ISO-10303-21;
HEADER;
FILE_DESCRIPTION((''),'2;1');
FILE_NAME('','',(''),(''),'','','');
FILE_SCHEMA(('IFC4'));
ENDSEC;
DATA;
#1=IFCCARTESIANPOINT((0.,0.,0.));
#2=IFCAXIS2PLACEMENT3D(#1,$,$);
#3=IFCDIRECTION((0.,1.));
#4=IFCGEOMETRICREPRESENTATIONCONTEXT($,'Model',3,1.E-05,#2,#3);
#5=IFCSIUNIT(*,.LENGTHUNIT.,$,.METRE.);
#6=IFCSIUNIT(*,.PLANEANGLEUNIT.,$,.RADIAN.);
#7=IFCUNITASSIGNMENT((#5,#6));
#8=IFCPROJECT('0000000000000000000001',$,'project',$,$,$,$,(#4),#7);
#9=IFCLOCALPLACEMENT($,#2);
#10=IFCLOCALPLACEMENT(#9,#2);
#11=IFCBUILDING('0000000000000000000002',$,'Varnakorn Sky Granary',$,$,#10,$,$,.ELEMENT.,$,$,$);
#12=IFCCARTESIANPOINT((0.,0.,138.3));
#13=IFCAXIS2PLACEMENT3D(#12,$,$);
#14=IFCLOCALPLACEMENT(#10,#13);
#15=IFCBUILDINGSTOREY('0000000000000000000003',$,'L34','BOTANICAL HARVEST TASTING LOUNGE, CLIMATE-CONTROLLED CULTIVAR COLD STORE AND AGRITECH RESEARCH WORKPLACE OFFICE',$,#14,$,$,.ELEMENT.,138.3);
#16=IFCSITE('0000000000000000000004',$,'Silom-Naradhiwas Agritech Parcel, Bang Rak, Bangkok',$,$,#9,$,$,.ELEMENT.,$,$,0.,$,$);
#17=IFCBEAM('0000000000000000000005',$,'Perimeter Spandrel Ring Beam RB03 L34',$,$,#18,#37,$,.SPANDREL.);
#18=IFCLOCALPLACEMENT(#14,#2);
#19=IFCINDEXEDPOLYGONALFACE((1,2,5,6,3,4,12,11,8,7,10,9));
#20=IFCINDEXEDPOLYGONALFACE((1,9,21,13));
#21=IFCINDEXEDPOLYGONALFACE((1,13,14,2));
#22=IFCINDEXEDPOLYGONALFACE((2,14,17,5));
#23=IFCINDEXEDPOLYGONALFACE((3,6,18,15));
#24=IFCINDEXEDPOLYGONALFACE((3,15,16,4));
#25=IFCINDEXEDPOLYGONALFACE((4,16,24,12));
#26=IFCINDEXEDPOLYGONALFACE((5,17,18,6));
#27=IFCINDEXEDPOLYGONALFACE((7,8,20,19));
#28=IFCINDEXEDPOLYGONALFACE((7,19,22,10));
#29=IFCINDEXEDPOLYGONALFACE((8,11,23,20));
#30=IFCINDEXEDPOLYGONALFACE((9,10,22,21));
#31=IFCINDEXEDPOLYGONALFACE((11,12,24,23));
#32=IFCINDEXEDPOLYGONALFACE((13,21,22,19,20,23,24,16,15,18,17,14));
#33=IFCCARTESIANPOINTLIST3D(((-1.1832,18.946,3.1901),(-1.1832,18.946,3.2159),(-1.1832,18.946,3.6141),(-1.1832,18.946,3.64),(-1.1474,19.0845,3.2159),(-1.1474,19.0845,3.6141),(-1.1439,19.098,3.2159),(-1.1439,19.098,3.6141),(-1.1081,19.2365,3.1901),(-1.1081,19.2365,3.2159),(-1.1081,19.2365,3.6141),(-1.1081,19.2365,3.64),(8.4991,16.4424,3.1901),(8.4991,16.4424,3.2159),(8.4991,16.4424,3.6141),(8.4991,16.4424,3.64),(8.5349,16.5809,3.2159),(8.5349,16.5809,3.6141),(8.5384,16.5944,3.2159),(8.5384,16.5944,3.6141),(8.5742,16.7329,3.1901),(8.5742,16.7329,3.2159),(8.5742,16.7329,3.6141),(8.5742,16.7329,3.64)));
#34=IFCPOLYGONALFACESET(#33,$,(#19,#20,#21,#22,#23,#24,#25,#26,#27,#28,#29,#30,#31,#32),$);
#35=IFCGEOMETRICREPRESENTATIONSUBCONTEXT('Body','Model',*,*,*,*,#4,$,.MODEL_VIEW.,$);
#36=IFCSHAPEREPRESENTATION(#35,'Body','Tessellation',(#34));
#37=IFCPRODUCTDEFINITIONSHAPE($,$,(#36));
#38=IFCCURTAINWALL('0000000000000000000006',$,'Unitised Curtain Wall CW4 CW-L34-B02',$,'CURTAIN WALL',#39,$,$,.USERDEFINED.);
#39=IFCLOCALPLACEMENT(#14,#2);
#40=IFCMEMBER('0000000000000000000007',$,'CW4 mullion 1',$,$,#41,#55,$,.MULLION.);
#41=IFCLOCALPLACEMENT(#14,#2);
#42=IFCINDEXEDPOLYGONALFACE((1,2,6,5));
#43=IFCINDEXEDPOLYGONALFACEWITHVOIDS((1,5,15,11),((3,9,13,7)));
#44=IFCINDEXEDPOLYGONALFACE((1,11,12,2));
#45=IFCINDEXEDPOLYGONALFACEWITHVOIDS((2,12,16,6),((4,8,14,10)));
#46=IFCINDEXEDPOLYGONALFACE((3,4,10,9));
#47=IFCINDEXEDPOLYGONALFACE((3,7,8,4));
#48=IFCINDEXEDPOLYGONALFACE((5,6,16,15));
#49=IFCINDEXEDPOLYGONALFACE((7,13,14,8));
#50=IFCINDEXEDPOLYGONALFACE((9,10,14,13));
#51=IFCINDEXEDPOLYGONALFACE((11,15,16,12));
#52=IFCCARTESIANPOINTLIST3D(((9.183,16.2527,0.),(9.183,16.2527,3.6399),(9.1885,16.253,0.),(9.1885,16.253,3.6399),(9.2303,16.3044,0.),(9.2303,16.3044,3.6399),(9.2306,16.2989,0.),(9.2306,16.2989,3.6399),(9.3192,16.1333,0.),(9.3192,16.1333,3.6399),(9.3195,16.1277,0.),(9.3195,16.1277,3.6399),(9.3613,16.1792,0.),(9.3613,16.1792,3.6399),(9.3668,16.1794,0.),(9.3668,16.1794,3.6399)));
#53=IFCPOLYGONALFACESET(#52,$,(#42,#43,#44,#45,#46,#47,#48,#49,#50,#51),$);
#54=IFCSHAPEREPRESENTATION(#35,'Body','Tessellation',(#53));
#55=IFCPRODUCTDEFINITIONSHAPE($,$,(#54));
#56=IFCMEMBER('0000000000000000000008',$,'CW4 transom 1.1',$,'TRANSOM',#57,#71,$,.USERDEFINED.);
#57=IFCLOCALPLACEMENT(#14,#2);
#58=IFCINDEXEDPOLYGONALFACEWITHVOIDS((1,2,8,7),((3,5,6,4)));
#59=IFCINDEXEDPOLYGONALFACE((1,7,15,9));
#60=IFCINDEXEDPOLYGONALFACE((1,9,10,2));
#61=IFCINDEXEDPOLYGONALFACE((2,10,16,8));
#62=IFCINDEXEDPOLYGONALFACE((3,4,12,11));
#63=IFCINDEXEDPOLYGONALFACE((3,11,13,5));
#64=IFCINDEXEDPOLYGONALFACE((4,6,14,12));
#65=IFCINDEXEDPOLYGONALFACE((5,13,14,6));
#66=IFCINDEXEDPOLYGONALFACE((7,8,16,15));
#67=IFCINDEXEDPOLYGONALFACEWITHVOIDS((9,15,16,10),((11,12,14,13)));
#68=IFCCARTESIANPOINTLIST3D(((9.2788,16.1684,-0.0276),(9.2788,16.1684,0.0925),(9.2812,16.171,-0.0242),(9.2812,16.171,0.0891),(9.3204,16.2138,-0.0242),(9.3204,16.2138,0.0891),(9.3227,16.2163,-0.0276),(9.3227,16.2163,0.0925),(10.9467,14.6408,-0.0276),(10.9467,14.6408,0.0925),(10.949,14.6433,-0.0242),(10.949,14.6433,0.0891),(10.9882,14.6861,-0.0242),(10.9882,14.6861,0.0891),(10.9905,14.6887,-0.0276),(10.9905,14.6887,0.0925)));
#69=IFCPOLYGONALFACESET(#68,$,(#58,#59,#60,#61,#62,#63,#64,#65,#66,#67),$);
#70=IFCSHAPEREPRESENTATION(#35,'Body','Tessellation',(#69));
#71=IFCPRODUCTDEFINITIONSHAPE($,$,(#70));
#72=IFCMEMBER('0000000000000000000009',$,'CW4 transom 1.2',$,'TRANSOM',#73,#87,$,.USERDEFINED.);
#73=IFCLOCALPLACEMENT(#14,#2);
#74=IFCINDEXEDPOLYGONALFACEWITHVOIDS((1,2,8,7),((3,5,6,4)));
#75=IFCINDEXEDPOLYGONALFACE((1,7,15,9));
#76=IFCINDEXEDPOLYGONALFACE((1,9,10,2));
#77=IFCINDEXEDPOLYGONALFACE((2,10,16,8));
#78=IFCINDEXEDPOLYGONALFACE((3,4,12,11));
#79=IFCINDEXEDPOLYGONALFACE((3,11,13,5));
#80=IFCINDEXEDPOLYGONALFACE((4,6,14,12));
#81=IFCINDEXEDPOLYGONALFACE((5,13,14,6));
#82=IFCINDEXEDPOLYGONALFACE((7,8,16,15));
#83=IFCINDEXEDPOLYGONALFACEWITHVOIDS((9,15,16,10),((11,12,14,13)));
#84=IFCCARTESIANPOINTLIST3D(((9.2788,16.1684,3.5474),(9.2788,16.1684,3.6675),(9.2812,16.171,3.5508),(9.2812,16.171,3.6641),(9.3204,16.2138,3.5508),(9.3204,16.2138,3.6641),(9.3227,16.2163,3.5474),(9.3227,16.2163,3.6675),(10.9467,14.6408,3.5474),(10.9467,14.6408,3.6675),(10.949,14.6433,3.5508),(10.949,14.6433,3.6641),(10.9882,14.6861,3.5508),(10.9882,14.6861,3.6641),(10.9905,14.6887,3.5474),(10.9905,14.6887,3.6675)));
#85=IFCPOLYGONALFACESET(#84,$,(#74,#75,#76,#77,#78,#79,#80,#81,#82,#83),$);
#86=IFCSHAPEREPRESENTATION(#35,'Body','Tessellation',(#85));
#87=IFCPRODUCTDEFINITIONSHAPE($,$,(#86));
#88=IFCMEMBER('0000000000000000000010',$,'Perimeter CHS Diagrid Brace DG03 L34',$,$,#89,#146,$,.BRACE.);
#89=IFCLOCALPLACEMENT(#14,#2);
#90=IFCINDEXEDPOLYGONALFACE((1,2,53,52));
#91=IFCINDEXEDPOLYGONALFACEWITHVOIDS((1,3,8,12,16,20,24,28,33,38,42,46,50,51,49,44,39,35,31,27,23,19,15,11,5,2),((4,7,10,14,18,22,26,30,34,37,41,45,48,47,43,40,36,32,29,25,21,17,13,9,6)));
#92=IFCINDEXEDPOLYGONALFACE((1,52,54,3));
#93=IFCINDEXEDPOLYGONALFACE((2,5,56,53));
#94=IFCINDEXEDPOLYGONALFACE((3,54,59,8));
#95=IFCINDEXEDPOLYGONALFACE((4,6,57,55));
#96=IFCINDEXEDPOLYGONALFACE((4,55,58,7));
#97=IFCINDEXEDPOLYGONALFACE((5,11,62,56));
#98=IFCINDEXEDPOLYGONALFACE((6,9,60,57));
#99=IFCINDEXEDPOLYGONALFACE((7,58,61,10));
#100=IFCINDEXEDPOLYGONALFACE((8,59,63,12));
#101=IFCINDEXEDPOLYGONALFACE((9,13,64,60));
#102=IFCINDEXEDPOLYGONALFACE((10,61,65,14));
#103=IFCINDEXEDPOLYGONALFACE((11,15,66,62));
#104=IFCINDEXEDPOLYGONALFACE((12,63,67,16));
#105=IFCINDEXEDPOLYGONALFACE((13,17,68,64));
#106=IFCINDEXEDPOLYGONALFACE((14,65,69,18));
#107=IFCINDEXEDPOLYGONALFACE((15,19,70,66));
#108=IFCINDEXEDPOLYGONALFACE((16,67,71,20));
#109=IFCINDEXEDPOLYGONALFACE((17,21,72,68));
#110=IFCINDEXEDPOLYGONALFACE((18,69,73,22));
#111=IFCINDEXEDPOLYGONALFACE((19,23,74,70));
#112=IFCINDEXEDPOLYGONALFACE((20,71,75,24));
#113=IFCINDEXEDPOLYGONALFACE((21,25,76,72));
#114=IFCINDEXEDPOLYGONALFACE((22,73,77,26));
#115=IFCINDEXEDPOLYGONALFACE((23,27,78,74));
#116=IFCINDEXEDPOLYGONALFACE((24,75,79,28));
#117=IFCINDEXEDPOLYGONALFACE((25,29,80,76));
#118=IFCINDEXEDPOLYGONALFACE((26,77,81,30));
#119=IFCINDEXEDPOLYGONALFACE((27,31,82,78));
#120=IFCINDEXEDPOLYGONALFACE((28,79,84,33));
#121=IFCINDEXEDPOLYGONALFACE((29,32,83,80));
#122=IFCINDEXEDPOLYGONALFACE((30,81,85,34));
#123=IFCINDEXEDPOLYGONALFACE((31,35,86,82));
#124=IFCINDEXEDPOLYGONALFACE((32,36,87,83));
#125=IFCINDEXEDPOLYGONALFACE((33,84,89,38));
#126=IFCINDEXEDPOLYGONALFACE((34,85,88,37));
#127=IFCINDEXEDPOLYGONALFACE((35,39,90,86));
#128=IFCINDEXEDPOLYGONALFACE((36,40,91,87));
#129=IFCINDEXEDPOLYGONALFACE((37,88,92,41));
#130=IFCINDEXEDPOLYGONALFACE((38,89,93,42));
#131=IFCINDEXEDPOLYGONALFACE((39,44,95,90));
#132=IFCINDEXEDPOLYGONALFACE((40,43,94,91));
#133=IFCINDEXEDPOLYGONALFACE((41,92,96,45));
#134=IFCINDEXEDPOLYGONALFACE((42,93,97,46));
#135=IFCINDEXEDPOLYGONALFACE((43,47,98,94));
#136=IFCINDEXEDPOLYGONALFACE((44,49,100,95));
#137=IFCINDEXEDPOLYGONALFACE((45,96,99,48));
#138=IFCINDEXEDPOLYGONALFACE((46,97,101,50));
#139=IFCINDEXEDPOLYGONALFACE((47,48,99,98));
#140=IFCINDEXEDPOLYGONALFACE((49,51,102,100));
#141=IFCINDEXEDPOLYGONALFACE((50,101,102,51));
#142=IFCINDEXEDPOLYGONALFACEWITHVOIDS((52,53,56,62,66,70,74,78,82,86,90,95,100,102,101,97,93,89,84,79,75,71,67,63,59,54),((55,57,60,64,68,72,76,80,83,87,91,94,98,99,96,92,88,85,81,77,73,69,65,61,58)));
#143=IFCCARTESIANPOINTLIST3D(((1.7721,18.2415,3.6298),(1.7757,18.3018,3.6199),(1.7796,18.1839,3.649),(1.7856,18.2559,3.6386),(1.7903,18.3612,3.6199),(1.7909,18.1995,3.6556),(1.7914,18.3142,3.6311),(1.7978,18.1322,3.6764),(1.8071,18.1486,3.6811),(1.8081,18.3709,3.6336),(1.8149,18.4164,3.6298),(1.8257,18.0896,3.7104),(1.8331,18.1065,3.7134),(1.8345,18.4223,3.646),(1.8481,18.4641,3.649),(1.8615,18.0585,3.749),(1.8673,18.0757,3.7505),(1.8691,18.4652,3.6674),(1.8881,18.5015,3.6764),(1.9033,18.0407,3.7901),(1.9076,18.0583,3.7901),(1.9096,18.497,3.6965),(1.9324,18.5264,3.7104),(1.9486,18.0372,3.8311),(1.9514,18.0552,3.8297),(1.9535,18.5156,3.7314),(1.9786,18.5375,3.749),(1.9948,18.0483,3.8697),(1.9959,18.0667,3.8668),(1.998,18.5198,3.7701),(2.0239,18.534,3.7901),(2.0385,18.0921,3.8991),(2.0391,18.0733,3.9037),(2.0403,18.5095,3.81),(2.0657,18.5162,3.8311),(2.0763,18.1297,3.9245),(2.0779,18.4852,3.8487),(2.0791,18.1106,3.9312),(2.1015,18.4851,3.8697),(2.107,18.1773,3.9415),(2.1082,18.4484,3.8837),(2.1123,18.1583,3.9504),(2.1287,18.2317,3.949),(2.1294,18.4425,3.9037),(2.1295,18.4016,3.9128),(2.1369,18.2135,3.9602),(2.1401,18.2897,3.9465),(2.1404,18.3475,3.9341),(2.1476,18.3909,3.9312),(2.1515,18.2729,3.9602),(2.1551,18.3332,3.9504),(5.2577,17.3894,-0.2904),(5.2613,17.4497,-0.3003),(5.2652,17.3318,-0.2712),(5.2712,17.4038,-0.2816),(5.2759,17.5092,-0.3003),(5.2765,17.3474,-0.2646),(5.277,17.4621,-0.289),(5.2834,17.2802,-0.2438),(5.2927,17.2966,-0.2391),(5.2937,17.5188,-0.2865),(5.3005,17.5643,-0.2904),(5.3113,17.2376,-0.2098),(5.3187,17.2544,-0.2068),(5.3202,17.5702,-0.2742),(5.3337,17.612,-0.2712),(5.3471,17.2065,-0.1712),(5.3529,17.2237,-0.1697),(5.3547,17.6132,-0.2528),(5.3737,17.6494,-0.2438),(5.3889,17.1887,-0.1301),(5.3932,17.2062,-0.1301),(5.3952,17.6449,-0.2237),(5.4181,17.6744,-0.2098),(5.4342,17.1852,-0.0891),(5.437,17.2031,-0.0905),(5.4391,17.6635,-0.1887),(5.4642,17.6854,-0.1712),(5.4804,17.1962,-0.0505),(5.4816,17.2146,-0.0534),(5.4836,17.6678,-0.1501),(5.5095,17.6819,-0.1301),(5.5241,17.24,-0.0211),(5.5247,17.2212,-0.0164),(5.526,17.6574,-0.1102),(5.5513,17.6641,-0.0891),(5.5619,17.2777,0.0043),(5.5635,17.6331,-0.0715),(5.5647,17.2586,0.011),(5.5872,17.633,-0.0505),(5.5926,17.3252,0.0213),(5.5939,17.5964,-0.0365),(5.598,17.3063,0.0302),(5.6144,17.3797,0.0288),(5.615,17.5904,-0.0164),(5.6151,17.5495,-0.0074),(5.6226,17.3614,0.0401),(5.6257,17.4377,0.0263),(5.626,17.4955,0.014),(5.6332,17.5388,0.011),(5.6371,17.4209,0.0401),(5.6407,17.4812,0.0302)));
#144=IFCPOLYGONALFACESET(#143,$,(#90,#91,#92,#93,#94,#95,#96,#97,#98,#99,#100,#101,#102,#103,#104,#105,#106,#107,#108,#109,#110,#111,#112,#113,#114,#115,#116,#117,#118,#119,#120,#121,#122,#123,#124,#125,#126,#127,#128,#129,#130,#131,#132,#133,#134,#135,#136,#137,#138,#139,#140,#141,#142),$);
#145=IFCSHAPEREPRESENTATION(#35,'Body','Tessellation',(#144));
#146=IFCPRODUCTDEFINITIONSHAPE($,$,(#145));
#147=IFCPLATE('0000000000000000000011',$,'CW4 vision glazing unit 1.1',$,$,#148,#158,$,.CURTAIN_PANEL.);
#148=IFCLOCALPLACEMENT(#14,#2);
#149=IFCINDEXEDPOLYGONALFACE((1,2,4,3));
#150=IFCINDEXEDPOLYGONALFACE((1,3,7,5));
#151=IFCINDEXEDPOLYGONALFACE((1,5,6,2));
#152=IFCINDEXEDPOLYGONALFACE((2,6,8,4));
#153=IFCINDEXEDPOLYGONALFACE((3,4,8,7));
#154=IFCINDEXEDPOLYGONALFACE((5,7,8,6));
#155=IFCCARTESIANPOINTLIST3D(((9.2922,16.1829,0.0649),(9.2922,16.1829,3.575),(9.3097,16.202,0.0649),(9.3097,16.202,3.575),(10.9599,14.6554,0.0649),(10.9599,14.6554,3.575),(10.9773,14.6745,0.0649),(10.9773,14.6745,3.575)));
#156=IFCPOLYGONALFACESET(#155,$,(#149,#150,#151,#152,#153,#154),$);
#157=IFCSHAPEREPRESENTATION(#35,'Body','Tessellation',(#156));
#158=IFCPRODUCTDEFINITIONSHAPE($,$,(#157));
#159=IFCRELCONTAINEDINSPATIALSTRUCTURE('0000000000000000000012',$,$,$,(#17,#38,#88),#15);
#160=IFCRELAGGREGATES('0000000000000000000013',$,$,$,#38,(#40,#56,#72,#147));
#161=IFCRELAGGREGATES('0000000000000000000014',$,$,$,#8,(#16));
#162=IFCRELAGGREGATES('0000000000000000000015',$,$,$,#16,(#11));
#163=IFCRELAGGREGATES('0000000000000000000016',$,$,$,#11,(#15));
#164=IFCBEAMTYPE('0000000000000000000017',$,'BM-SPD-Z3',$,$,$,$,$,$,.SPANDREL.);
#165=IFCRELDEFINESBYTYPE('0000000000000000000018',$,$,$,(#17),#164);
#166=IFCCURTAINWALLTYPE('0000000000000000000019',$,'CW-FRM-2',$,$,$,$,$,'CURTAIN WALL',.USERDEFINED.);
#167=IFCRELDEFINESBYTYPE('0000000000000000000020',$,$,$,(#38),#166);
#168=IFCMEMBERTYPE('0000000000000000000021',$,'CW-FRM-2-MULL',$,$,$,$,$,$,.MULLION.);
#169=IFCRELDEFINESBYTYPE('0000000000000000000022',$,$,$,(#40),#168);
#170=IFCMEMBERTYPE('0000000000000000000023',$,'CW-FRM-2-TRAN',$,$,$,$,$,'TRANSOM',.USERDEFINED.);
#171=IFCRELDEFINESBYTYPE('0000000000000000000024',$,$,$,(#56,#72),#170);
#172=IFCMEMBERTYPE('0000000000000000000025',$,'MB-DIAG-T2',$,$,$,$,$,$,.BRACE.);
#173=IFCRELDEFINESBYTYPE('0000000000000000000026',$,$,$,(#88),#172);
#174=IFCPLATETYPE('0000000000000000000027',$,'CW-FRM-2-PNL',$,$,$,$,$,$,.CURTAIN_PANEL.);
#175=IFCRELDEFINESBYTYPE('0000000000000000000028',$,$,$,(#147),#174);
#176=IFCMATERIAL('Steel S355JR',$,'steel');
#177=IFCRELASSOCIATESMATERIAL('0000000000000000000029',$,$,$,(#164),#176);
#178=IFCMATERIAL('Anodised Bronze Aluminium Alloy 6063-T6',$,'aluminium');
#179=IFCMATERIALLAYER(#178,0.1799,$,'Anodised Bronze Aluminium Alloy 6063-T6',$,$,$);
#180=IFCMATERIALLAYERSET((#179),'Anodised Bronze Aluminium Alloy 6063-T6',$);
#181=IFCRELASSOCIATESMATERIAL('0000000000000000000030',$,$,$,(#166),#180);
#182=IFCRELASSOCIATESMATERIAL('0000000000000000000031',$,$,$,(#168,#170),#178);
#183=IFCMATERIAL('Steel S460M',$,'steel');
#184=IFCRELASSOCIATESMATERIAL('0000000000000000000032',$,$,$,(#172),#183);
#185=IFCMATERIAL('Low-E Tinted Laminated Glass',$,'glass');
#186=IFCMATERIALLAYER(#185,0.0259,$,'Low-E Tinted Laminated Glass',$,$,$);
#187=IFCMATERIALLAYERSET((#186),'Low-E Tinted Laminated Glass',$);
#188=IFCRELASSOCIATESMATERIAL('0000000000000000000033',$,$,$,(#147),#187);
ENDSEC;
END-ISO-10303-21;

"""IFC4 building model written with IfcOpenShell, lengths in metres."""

from ifc_helpers import new_model, si_unit, direction, frame, origin, origin_2d, place, context, subcontext, project, spatial, rectangle, hollow_rectangle, hollow_circle, i_section, extrude, source, transform, mapped, material, layer, layer_set, material_profile, profile_set, type_object, type_shapes, element, aggregate, save


model = new_model("IFC4")

# Units and contexts
model_context = context("Model", 3, precision=1e-05, world=origin(), true_north=direction((0.0, 1.0)))
body_context = subcontext(model_context, "Body", "Model", "MODEL_VIEW")
ifc_project = project(units=[si_unit("LENGTHUNIT", "METRE"), si_unit("PLANEANGLEUNIT", "RADIAN")], contexts=[model_context])

# Site, building, storey
site_placement = place(None, origin())
site = spatial("IfcSite", under=ifc_project, at=site_placement, Name="Silom-Naradhiwas Agritech Parcel, Bang Rak, Bangkok", CompositionType="ELEMENT", RefElevation=0.0)
building_placement = place(site_placement, origin())
building = spatial("IfcBuilding", under=site, at=building_placement, Name="Varnakorn Sky Granary", CompositionType="ELEMENT")
storey_placement = place(building_placement, frame((0.0, 0.0, 138.3)))
storey = spatial("IfcBuildingStorey", under=building, at=storey_placement, Name="L34", Description="BOTANICAL HARVEST TASTING LOUNGE, CLIMATE-CONTROLLED CULTIVAR COLD STORE AND AGRITECH RESEARCH WORKPLACE OFFICE", CompositionType="ELEMENT", Elevation=138.3)

# Shared definitions
ifc_material_1 = material(Name="Steel S460M", Category="steel")

# Beam
ifc_material_2 = material(Name="Steel S355JR", Category="steel")
ifc_material_profile_1 = material_profile(ifc_material_2, i_section(OverallWidth=0.3, OverallDepth=0.45, WebThickness=0.0139, FlangeThickness=0.0259, at=origin_2d()), Name="HE 450 B")
ifc_profile_set_1 = profile_set([ifc_material_profile_1], Name="Steel S355JR")
beam_type_1 = type_object("IfcBeamType", Name="BM-SPD-Z3", PredefinedType="SPANDREL", material=ifc_profile_set_1)
beam_1_placement = place(storey_placement, frame((8.5366, 16.5876, 3.415), z_axis=(-0.968157, 0.250345, 0.0), x_axis=(-0.250345, -0.968157, 0.0)))
element("IfcBeam", 1, at=beam_1_placement, inside=storey, type_object=beam_type_1, Name="Perimeter Spandrel Ring Beam RB03 L34", PredefinedType="SPANDREL", context=body_context, shape_type="SweptSolid", body=[
    extrude(i_section(OverallWidth=0.3, OverallDepth=0.45, WebThickness=0.0139, FlangeThickness=0.0259, at=origin_2d()), origin(), (0.0, 0.0, 1.0), 10.0007),
])

# Curtain wall, members
ifc_material_3 = material(Name="Anodised Bronze Aluminium Alloy 6063-T6", Category="aluminium")
ifc_layer_1 = layer(ifc_material_3, 0.1799, Name="Anodised Bronze Aluminium Alloy 6063-T6")
ifc_layer_set_1 = layer_set([ifc_layer_1], Name="Anodised Bronze Aluminium Alloy 6063-T6")
curtain_wall_type = type_object("IfcCurtainWallType", Name="CW-FRM-2", ElementType="CURTAIN WALL", PredefinedType="USERDEFINED", material=ifc_layer_set_1)
curtain_wall_placement = place(storey_placement, origin())
curtain_wall = element("IfcCurtainWall", 2, at=curtain_wall_placement, inside=storey, type_object=curtain_wall_type, Name="Unitised Curtain Wall CW4 CW-L34-B02", ObjectType="CURTAIN WALL", PredefinedType="USERDEFINED")
ifc_material_profile_2 = material_profile(ifc_material_3, hollow_rectangle(XDim=0.0701, YDim=0.1851, WallThickness=0.0039, at=origin_2d()), Name="ALU MULL 70x185")
ifc_profile_set_2 = profile_set([ifc_material_profile_2], Name="Anodised Bronze Aluminium Alloy 6063-T6")
member_type_1 = type_object("IfcMemberType", Name="CW-FRM-2-MULL", PredefinedType="MULLION", material=ifc_profile_set_2)
member_1_placement = place(storey_placement, frame((9.2749, 16.2161, 0.0), z_axis=(0.0, 0.0, 1.0), x_axis=(0.675438, 0.737417, 0.0)))
member_1 = element("IfcMember", 3, at=member_1_placement, type_object=member_type_1, Name="CW4 mullion 1", PredefinedType="MULLION", context=body_context, shape_type="SweptSolid", body=[
    extrude(hollow_rectangle(XDim=0.0701, YDim=0.1851, WallThickness=0.0039, at=origin_2d()), origin(), (0.0, 0.0, 1.0), 3.6399),
])
ifc_material_profile_3 = material_profile(ifc_material_3, hollow_rectangle(XDim=0.0649, YDim=0.1201, WallThickness=0.0034, at=origin_2d()), Name="ALU TRAN 65x120")
ifc_profile_set_3 = profile_set([ifc_material_profile_3], Name="Anodised Bronze Aluminium Alloy 6063-T6")
member_type_2 = type_object("IfcMemberType", Name="CW-FRM-2-TRAN", ElementType="TRANSOM", PredefinedType="USERDEFINED", material=ifc_profile_set_3)
member_2_placement = place(storey_placement, frame((9.3008, 16.1924, 0.0325), z_axis=(0.73741, -0.675446, 0.0), x_axis=(0.675446, 0.73741, 0.0)))
member_2 = element("IfcMember", 4, at=member_2_placement, type_object=member_type_2, Name="CW4 transom 1.1", ObjectType="TRANSOM", PredefinedType="USERDEFINED", context=body_context, shape_type="SweptSolid", body=[
    extrude(hollow_rectangle(XDim=0.0649, YDim=0.1201, WallThickness=0.0034, at=origin_2d()), origin(), (0.0, 0.0, 1.0), 2.2617),
])
member_3_placement = place(storey_placement, frame((9.3008, 16.1924, 3.6074), z_axis=(0.73741, -0.675446, 0.0), x_axis=(0.675446, 0.73741, 0.0)))
member_3 = element("IfcMember", 5, at=member_3_placement, type_object=member_type_2, Name="CW4 transom 1.2", ObjectType="TRANSOM", PredefinedType="USERDEFINED", context=body_context, shape_type="SweptSolid", body=[
    extrude(hollow_rectangle(XDim=0.0649, YDim=0.1201, WallThickness=0.0034, at=origin_2d()), origin(), (0.0, 0.0, 1.0), 2.2617),
])

# Member
ifc_material_profile_4 = material_profile(ifc_material_1, hollow_circle(Radius=0.2539, WallThickness=0.0181, at=origin_2d()), Name="CHS 508x18")
ifc_profile_set_4 = profile_set([ifc_material_profile_4], Name="Steel S460M")
member_type_3 = type_object("IfcMemberType", Name="MB-DIAG-T2", PredefinedType="BRACE", material=ifc_profile_set_4)
member_4_placement = place(storey_placement, frame((5.4492, 17.4353, -0.1301), z_axis=(-0.655875, 0.160328, 0.737647), x_axis=(-0.237457, -0.971398, 0.0)))
element("IfcMember", 6, at=member_4_placement, inside=storey, type_object=member_type_3, Name="Perimeter CHS Diagrid Brace DG03 L34", PredefinedType="BRACE", context=body_context, shape_type="SweptSolid", body=[
    extrude(hollow_circle(Radius=0.2539, WallThickness=0.0181, at=origin_2d()), origin(), (0.0, 0.0, 1.0), 5.3145),
])

# Plate
ifc_material_4 = material(Name="Low-E Tinted Laminated Glass", Category="glass")
ifc_layer_2 = layer(ifc_material_4, 0.0259, Name="Low-E Tinted Laminated Glass")
ifc_layer_set_2 = layer_set([ifc_layer_2], Name="Low-E Tinted Laminated Glass")
plate_type = type_object("IfcPlateType", Name="CW-FRM-2-PNL", PredefinedType="CURTAIN_PANEL")
shared_shape_1 = source(origin(), body_context, "Body", "SweptSolid", [
    extrude(rectangle(XDim=2.2615, YDim=0.0259, at=origin_2d()), origin(), (0.0, 0.0, 1.0), 3.51),
])
type_shapes(plate_type, [shared_shape_1])
plate_placement = place(storey_placement, frame((10.1348, 15.4287, 0.0649), z_axis=(0.0, 0.0, 1.0), x_axis=(0.737417, -0.675438, 0.0)))
plate = element("IfcPlate", 7, at=plate_placement, type_object=plate_type, material=ifc_layer_set_2, Name="CW4 vision glazing unit 1.1", PredefinedType="CURTAIN_PANEL", context=body_context, shape_type="MappedRepresentation", body=[
    mapped(shared_shape_1, transform((0.0, 0.0, 0.0), x_axis=(1.0, 0.0, 0.0), y_axis=(0.0, 1.0, 0.0), z_axis=(0.0, 0.0, 1.0), scale=1.0)),
])
aggregate(curtain_wall, [member_1, member_2, member_3, plate])

save(model, "model.ifc")
